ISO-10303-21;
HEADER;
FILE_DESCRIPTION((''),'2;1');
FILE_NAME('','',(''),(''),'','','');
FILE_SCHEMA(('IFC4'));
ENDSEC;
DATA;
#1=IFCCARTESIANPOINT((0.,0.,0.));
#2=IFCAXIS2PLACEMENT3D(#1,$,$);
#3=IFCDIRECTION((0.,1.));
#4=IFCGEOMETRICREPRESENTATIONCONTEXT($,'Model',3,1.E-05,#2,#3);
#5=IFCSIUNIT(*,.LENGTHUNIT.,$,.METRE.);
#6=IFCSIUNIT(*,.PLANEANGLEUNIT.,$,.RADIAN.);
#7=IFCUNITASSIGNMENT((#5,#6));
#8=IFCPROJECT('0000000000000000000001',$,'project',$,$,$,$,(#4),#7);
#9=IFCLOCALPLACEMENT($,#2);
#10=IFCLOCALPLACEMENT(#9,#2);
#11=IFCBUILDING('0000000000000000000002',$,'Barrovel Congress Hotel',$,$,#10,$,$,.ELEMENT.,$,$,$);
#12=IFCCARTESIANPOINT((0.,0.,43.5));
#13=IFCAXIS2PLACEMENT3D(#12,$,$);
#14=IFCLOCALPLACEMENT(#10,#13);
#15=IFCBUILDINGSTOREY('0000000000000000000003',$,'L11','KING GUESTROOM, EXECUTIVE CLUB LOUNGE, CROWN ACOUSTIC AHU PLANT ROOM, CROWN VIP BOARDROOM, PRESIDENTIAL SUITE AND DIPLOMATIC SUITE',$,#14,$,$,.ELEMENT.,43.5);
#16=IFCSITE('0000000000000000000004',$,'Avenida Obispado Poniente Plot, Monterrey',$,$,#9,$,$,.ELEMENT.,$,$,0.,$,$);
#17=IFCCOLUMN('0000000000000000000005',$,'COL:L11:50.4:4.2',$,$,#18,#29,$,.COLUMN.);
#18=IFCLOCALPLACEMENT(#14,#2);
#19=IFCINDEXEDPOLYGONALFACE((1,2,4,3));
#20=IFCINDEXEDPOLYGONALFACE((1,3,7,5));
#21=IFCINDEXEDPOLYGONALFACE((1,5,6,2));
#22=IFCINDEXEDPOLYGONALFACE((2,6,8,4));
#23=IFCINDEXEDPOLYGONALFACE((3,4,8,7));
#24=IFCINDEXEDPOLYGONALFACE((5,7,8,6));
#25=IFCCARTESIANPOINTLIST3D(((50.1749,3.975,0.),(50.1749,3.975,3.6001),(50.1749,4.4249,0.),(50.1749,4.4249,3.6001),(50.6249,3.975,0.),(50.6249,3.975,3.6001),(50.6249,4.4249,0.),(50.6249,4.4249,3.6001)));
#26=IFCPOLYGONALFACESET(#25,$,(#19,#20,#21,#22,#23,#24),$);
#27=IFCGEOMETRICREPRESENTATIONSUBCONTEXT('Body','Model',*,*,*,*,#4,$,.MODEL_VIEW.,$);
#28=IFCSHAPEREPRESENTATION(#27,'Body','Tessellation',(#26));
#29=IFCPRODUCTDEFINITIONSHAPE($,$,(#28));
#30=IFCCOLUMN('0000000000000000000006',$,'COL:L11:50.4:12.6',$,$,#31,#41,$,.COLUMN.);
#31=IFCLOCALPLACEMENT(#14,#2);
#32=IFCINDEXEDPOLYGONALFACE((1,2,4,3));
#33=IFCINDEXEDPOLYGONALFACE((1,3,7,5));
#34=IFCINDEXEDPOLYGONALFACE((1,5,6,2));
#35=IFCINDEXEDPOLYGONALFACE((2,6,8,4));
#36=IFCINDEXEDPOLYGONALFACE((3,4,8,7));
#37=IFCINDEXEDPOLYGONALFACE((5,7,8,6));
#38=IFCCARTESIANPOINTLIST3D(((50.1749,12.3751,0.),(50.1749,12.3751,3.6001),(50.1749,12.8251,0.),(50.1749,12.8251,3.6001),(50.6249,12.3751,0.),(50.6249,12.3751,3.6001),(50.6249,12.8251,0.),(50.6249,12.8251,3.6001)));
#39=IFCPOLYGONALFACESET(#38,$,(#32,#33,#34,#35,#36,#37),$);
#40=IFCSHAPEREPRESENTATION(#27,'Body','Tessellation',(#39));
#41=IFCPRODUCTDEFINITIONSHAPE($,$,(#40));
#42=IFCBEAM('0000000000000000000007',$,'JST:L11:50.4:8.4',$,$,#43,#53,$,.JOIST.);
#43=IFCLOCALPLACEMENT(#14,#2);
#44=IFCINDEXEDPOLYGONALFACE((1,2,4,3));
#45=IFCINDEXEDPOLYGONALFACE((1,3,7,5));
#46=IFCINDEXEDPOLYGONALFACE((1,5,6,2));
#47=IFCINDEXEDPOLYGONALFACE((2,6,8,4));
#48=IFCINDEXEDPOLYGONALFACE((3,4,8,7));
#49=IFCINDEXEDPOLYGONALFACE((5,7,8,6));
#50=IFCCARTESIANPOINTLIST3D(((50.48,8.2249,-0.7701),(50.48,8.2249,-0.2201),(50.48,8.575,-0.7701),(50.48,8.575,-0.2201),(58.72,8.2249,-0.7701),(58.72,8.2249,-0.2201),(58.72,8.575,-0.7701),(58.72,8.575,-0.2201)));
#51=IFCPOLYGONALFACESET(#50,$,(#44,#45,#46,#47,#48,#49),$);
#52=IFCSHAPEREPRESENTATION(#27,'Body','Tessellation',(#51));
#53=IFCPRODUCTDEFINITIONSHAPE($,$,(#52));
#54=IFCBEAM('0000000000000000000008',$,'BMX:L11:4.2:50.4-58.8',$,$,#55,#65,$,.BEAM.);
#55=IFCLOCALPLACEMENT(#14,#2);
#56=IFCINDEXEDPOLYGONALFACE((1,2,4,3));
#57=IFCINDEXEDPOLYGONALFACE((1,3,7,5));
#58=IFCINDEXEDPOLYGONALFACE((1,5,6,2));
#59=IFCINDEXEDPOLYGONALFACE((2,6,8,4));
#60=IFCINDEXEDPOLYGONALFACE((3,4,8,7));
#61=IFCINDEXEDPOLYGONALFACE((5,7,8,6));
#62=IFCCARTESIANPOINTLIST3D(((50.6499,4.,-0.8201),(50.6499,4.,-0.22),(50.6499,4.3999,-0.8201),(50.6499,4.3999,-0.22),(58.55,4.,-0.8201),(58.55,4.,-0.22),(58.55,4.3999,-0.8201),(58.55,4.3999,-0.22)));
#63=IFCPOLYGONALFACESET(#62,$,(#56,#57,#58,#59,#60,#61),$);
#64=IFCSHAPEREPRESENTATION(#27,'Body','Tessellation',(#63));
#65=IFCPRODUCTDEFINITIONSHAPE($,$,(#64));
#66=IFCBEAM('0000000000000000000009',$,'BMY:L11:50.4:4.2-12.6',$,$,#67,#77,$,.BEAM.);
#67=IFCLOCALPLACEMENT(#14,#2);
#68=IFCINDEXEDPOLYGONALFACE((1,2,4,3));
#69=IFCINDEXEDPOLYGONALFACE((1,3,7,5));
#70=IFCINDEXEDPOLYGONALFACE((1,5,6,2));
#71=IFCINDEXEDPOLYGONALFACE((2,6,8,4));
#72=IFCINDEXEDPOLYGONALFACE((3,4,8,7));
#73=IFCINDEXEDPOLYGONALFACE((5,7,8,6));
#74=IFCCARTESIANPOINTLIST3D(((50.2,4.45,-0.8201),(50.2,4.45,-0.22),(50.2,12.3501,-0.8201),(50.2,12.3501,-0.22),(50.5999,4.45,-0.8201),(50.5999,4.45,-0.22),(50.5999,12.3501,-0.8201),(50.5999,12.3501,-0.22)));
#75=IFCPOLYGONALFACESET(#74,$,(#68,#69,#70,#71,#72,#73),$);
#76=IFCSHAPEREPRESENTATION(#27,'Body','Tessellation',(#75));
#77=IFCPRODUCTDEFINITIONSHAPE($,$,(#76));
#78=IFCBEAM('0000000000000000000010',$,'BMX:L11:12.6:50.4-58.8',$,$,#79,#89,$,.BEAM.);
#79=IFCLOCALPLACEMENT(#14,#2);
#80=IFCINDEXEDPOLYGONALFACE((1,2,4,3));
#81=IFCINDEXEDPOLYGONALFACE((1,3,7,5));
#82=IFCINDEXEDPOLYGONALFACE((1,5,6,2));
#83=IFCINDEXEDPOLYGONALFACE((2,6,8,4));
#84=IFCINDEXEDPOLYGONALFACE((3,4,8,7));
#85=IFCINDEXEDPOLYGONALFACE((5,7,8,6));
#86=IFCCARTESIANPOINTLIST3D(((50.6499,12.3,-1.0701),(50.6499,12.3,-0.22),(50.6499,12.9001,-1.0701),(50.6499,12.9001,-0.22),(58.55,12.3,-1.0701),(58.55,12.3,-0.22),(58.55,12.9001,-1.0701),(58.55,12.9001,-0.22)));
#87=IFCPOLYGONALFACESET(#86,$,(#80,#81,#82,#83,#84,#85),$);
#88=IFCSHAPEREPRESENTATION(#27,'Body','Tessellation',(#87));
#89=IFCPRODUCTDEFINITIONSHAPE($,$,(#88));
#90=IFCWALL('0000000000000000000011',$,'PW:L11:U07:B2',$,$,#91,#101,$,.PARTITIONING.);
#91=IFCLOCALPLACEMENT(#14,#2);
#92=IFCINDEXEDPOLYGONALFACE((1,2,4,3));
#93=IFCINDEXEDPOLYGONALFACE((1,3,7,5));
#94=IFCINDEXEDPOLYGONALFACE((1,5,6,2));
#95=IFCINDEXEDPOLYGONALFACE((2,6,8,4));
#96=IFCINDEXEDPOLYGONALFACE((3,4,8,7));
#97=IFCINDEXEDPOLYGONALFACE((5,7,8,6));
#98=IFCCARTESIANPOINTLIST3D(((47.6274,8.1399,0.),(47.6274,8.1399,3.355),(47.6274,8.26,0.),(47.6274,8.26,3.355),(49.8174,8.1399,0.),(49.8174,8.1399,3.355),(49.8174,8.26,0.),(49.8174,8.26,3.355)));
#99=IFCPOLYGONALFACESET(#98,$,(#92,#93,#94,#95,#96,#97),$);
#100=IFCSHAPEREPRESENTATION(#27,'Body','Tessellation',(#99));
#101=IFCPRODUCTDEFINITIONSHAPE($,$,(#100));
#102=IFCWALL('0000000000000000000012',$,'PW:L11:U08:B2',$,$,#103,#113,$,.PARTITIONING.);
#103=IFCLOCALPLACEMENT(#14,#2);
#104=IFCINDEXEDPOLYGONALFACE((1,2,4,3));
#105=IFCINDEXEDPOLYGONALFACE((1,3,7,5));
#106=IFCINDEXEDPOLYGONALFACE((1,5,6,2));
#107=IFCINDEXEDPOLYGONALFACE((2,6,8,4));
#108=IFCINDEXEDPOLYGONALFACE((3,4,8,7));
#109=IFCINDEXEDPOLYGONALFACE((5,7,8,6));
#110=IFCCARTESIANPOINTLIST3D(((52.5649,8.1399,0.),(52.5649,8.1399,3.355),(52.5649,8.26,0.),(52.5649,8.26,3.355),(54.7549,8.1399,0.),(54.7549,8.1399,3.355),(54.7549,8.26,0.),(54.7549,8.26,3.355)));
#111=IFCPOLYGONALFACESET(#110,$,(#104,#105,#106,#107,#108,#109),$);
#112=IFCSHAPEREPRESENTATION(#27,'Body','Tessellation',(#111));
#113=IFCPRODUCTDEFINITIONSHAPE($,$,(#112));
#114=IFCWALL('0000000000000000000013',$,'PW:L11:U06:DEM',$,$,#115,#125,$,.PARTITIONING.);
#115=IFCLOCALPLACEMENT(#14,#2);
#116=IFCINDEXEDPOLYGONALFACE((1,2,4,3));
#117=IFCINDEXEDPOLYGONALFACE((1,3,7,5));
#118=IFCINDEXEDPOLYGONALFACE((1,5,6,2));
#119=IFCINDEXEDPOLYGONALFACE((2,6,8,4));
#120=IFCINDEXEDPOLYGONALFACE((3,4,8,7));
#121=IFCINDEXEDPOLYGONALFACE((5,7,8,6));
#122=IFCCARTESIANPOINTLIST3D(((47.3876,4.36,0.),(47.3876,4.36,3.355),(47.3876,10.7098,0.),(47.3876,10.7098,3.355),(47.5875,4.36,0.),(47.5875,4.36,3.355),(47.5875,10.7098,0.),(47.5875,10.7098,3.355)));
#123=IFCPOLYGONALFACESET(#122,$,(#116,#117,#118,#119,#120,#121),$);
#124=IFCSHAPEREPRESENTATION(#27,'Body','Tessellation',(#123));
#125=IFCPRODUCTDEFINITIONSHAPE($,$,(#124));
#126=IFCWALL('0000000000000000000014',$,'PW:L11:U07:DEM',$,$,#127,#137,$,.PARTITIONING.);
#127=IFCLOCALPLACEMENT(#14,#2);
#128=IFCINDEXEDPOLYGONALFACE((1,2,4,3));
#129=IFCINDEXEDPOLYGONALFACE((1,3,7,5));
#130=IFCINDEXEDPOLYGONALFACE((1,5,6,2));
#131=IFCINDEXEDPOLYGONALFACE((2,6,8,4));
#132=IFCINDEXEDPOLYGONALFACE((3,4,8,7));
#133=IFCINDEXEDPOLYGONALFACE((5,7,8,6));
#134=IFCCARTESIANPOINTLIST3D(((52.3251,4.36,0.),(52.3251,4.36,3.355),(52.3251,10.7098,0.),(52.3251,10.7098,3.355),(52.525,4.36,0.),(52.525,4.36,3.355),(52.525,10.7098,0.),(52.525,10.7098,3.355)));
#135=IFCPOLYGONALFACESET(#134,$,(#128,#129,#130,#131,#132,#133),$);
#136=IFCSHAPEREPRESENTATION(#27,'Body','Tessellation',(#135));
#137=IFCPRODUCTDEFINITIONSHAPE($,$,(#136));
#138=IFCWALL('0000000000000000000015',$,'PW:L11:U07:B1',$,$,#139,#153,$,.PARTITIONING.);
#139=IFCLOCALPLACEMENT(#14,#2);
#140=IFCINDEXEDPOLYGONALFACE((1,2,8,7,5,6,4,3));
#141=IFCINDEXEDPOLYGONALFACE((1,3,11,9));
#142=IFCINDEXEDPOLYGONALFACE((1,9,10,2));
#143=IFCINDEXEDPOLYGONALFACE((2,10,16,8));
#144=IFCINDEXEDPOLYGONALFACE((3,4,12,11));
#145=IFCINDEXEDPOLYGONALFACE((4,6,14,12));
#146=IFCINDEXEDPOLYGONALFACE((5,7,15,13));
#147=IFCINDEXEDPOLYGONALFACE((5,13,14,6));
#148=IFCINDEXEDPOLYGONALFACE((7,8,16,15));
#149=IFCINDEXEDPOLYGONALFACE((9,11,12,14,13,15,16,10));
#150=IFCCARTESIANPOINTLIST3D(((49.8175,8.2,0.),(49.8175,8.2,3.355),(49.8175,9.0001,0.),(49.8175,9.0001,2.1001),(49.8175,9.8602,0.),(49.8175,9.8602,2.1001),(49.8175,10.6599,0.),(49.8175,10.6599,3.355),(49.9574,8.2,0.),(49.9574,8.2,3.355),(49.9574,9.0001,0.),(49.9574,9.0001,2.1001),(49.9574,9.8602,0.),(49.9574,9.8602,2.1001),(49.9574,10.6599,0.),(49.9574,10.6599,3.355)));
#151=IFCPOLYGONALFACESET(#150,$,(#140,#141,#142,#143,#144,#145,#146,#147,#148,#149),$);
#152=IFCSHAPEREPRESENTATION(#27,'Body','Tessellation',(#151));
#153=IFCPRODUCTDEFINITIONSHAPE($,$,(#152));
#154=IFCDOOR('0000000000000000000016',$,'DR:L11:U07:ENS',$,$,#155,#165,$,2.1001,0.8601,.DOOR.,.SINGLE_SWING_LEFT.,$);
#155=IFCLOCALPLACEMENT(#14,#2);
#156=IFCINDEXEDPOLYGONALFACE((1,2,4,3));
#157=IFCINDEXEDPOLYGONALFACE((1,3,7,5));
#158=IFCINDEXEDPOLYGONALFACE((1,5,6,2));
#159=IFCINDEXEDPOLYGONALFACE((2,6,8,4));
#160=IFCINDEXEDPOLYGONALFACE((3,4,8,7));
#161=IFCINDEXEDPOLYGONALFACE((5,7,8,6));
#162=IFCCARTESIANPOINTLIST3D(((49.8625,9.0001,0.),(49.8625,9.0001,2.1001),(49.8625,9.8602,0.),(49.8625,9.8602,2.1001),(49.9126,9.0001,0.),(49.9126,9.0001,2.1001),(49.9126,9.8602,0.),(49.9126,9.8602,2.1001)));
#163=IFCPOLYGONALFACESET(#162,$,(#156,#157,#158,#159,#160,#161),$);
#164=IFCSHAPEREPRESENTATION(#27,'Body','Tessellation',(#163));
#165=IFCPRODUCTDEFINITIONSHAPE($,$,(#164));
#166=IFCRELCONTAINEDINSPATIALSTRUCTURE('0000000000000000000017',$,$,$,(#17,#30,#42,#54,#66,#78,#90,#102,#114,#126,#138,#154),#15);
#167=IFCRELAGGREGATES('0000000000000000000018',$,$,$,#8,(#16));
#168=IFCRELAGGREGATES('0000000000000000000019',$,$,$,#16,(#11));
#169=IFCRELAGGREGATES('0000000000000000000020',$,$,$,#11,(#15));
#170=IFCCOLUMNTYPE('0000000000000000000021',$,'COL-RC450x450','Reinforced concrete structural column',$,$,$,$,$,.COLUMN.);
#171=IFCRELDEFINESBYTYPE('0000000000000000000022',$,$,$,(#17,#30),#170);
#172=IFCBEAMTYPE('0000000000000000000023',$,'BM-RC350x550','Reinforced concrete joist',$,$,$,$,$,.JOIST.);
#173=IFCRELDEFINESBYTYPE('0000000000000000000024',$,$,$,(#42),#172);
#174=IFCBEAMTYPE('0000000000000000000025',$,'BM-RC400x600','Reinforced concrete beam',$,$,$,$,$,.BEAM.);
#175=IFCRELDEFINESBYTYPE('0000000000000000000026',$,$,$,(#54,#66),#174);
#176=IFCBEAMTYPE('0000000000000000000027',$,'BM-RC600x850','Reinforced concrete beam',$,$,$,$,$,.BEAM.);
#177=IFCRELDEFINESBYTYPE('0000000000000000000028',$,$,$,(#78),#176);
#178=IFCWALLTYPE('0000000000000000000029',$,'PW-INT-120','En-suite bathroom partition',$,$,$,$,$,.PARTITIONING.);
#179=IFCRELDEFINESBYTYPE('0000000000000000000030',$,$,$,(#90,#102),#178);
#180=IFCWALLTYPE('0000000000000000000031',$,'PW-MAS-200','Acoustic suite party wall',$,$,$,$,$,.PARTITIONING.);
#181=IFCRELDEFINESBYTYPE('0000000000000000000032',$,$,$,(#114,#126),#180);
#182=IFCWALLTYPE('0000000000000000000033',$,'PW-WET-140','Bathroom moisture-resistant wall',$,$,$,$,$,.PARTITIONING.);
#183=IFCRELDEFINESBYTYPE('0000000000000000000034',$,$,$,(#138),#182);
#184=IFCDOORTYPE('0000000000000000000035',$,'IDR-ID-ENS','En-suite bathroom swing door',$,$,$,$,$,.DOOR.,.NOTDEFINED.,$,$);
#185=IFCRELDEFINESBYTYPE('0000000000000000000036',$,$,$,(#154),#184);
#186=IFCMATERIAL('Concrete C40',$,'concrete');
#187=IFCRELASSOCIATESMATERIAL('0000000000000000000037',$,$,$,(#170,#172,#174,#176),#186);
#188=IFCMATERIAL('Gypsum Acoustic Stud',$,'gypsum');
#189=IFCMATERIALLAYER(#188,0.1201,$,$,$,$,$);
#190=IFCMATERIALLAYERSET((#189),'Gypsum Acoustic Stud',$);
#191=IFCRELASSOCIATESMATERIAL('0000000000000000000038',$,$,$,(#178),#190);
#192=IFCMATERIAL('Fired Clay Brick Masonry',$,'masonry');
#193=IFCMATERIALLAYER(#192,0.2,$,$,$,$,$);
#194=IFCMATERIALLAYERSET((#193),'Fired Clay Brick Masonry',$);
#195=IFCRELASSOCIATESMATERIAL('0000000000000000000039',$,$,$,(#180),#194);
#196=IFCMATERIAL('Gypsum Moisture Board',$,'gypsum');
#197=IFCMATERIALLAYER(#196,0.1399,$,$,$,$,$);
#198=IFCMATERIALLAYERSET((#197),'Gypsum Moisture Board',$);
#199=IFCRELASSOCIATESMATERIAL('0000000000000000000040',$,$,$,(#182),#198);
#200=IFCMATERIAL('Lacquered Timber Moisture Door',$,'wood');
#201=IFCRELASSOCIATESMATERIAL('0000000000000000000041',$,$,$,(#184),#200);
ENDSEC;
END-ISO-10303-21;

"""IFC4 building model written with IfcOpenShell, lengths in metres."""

from ifc_helpers import new_model, si_unit, direction, frame, frame_2d, origin, origin_2d, place, context, subcontext, project, spatial, rectangle, extrude, material, layer, layer_set, material_profile, profile_set, type_object, element, fill, save


model = new_model("IFC4")

# Units and contexts
model_context = context("Model", 3, precision=1e-05, world=origin(), true_north=direction((0.0, 1.0)))
body_context = subcontext(model_context, "Body", "Model", "MODEL_VIEW")
ifc_project = project(units=[si_unit("LENGTHUNIT", "METRE"), si_unit("PLANEANGLEUNIT", "RADIAN")], contexts=[model_context])

# Site, building, storey
site_placement = place(None, origin())
site = spatial("IfcSite", under=ifc_project, at=site_placement, Name="Avenida Obispado Poniente Plot, Monterrey", CompositionType="ELEMENT", RefElevation=0.0)
building_placement = place(site_placement, origin())
building = spatial("IfcBuilding", under=site, at=building_placement, Name="Barrovel Congress Hotel", CompositionType="ELEMENT")
storey_placement = place(building_placement, frame((0.0, 0.0, 43.5)))
storey = spatial("IfcBuildingStorey", under=building, at=storey_placement, Name="L11", Description="KING GUESTROOM, EXECUTIVE CLUB LOUNGE, CROWN ACOUSTIC AHU PLANT ROOM, CROWN VIP BOARDROOM, PRESIDENTIAL SUITE AND DIPLOMATIC SUITE", CompositionType="ELEMENT", Elevation=43.5)

# Columns
ifc_material_1 = material(Name="Concrete C40", Category="concrete")
ifc_material_profile_1 = material_profile(ifc_material_1, rectangle(XDim=0.45, YDim=0.45, at=origin_2d()), Name="RC450x450")
ifc_profile_set_1 = profile_set([ifc_material_profile_1], Name="Concrete C40")
column_type = type_object("IfcColumnType", Name="COL-RC450x450", Description="Reinforced concrete structural column", PredefinedType="COLUMN", material=ifc_profile_set_1)
for number, where, z_axis, x_axis, name in (
    (1, (50.3999, 4.2, 0.0), (0.0, 0.0, 1.0), (1.0, 0.0, 0.0), "COL:L11:50.4:4.2"),
    (2, (50.3999, 12.6001, 0.0), (0.0, 0.0, 1.0), (1.0, 0.0, 0.0), "COL:L11:50.4:12.6"),
):
    element("IfcColumn", number, at=place(storey_placement, frame(where, z_axis=z_axis, x_axis=x_axis)), inside=storey, type_object=column_type, Name=name, PredefinedType="COLUMN", context=body_context, shape_type="SweptSolid", body=[
        extrude(rectangle(XDim=0.45, YDim=0.45, at=origin_2d()), origin(), (0.0, 0.0, 1.0), 3.6001),
    ])

# Beams
ifc_material_profile_2 = material_profile(ifc_material_1, rectangle(XDim=0.3501, YDim=0.55, at=origin_2d()), Name="RC350x550")
ifc_profile_set_2 = profile_set([ifc_material_profile_2], Name="Concrete C40")
beam_type_1 = type_object("IfcBeamType", Name="BM-RC350x550", Description="Reinforced concrete joist", PredefinedType="JOIST", material=ifc_profile_set_2)
beam_1_placement = place(storey_placement, frame((50.48, 8.3999, -0.4951), z_axis=(1.0, 0.0, 0.0), x_axis=(0.0, 1.0, 0.0)))
element("IfcBeam", 3, at=beam_1_placement, inside=storey, type_object=beam_type_1, Name="JST:L11:50.4:8.4", PredefinedType="JOIST", context=body_context, shape_type="SweptSolid", body=[
    extrude(rectangle(XDim=0.3501, YDim=0.55, at=origin_2d()), origin(), (0.0, 0.0, 1.0), 8.24),
])
ifc_material_profile_3 = material_profile(ifc_material_1, rectangle(XDim=0.3999, YDim=0.6001, at=origin_2d()), Name="RC400x600")
ifc_profile_set_3 = profile_set([ifc_material_profile_3], Name="Concrete C40")
beam_type_2 = type_object("IfcBeamType", Name="BM-RC400x600", Description="Reinforced concrete beam", PredefinedType="BEAM", material=ifc_profile_set_3)
for number, where, z_axis, x_axis, name in (
    (4, (50.6499, 4.2, -0.52), (1.0, 0.0, 0.0), (0.0, 1.0, 0.0), "BMX:L11:4.2:50.4-58.8"),
    (5, (50.3999, 4.45, -0.52), (0.0, 1.0, 0.0), (-1.0, 0.0, 0.0), "BMY:L11:50.4:4.2-12.6"),
):
    element("IfcBeam", number, at=place(storey_placement, frame(where, z_axis=z_axis, x_axis=x_axis)), inside=storey, type_object=beam_type_2, Name=name, PredefinedType="BEAM", context=body_context, shape_type="SweptSolid", body=[
        extrude(rectangle(XDim=0.3999, YDim=0.6001, at=origin_2d()), origin(), (0.0, 0.0, 1.0), 7.9001),
    ])
ifc_material_profile_4 = material_profile(ifc_material_1, rectangle(XDim=0.6001, YDim=0.8501, at=origin_2d()), Name="RC600x850")
ifc_profile_set_4 = profile_set([ifc_material_profile_4], Name="Concrete C40")
beam_type_3 = type_object("IfcBeamType", Name="BM-RC600x850", Description="Reinforced concrete beam", PredefinedType="BEAM", material=ifc_profile_set_4)
beam_2_placement = place(storey_placement, frame((50.6499, 12.6001, -0.645), z_axis=(1.0, 0.0, 0.0), x_axis=(0.0, 1.0, 0.0)))
element("IfcBeam", 6, at=beam_2_placement, inside=storey, type_object=beam_type_3, Name="BMX:L11:12.6:50.4-58.8", PredefinedType="BEAM", context=body_context, shape_type="SweptSolid", body=[
    extrude(rectangle(XDim=0.6001, YDim=0.8501, at=origin_2d()), origin(), (0.0, 0.0, 1.0), 7.9001),
])

# Shared definitions
ifc_material_2 = material(Name="Gypsum Acoustic Stud", Category="gypsum")

# Walls
ifc_layer_1 = layer(ifc_material_2, 0.1201)
ifc_layer_set_1 = layer_set([ifc_layer_1], Name="Gypsum Acoustic Stud")
wall_type_1 = type_object("IfcWallType", Name="PW-INT-120", Description="En-suite bathroom partition", PredefinedType="PARTITIONING", material=ifc_layer_set_1)
for number, where, z_axis, x_axis, name in (
    (7, (47.6274, 8.2, 0.0), (0.0, 0.0, 1.0), (1.0, 0.0, 0.0), "PW:L11:U07:B2"),
    (8, (52.5649, 8.2, 0.0), (0.0, 0.0, 1.0), (1.0, 0.0, 0.0), "PW:L11:U08:B2"),
):
    element("IfcWall", number, at=place(storey_placement, frame(where, z_axis=z_axis, x_axis=x_axis)), inside=storey, type_object=wall_type_1, Name=name, PredefinedType="PARTITIONING", context=body_context, shape_type="SweptSolid", body=[
        extrude(rectangle(XDim=2.1899, YDim=0.1201, at=frame_2d((1.095, 0.0))), origin(), (0.0, 0.0, 1.0), 3.355),
    ])
ifc_material_3 = material(Name="Fired Clay Brick Masonry", Category="masonry")
ifc_layer_2 = layer(ifc_material_3, 0.2)
ifc_layer_set_2 = layer_set([ifc_layer_2], Name="Fired Clay Brick Masonry")
wall_type_2 = type_object("IfcWallType", Name="PW-MAS-200", Description="Acoustic suite party wall", PredefinedType="PARTITIONING", material=ifc_layer_set_2)
for number, where, z_axis, x_axis, name in (
    (9, (47.4875, 4.3601, 0.0), (0.0, 0.0, 1.0), (0.0, 1.0, 0.0), "PW:L11:U06:DEM"),
    (10, (52.425, 4.3601, 0.0), (0.0, 0.0, 1.0), (0.0, 1.0, 0.0), "PW:L11:U07:DEM"),
):
    element("IfcWall", number, at=place(storey_placement, frame(where, z_axis=z_axis, x_axis=x_axis)), inside=storey, type_object=wall_type_2, Name=name, PredefinedType="PARTITIONING", context=body_context, shape_type="SweptSolid", body=[
        extrude(rectangle(XDim=6.3499, YDim=0.2, at=frame_2d((3.1748, 0.0))), origin(), (0.0, 0.0, 1.0), 3.355),
    ])

# Wall, opening, door
ifc_material_4 = material(Name="Gypsum Moisture Board", Category="gypsum")
ifc_layer_3 = layer(ifc_material_4, 0.1399)
ifc_layer_set_3 = layer_set([ifc_layer_3], Name="Gypsum Moisture Board")
wall_type_3 = type_object("IfcWallType", Name="PW-WET-140", Description="Bathroom moisture-resistant wall", PredefinedType="PARTITIONING", material=ifc_layer_set_3)
wall_1_placement = place(storey_placement, frame((49.8875, 8.2, 0.0), z_axis=(0.0, 0.0, 1.0), x_axis=(0.0, 1.0, 0.0)))
wall_1 = element("IfcWall", 11, at=wall_1_placement, inside=storey, type_object=wall_type_3, Name="PW:L11:U07:B1", PredefinedType="PARTITIONING", context=body_context, shape_type="SweptSolid", body=[
    extrude(rectangle(XDim=2.46, YDim=0.1399, at=frame_2d((1.23, 0.0))), origin(), (0.0, 0.0, 1.0), 3.355),
])
opening_1_placement = place(wall_1_placement, frame((0.8, 0.0, 0.0)))
opening_1 = element("IfcOpeningElement", 12, at=opening_1_placement, cuts=wall_1, PredefinedType="OPENING", context=body_context, shape_type="SweptSolid", body=[
    extrude(rectangle(XDim=0.8601, YDim=2.1001, at=frame_2d((0.4302, 1.05))), frame((0.0, 0.0801, 0.0), z_axis=(0.0, -1.0, 0.0), x_axis=(1.0, 0.0, 0.0)), (0.0, 0.0, 1.0), 0.1599),
])
ifc_material_5 = material(Name="Lacquered Timber Moisture Door", Category="wood")
door_type_1 = type_object("IfcDoorType", Name="IDR-ID-ENS", Description="En-suite bathroom swing door", OperationType="NOTDEFINED", PredefinedType="DOOR", material=ifc_material_5)
door_1_placement = place(opening_1_placement, origin())
door_1 = element("IfcDoor", 13, at=door_1_placement, inside=storey, type_object=door_type_1, Name="DR:L11:U07:ENS", OperationType="SINGLE_SWING_LEFT", OverallHeight=2.1001, OverallWidth=0.8601, PredefinedType="DOOR", context=body_context, shape_type="SweptSolid", body=[
    extrude(rectangle(XDim=0.8601, YDim=2.1001, at=frame_2d((0.4302, 1.05))), frame((0.0, 0.0249, 0.0), z_axis=(0.0, -1.0, 0.0), x_axis=(1.0, 0.0, 0.0)), (0.0, 0.0, 1.0), 0.05),
])
fill(opening_1, door_1)

save(model, "model.ifc")
